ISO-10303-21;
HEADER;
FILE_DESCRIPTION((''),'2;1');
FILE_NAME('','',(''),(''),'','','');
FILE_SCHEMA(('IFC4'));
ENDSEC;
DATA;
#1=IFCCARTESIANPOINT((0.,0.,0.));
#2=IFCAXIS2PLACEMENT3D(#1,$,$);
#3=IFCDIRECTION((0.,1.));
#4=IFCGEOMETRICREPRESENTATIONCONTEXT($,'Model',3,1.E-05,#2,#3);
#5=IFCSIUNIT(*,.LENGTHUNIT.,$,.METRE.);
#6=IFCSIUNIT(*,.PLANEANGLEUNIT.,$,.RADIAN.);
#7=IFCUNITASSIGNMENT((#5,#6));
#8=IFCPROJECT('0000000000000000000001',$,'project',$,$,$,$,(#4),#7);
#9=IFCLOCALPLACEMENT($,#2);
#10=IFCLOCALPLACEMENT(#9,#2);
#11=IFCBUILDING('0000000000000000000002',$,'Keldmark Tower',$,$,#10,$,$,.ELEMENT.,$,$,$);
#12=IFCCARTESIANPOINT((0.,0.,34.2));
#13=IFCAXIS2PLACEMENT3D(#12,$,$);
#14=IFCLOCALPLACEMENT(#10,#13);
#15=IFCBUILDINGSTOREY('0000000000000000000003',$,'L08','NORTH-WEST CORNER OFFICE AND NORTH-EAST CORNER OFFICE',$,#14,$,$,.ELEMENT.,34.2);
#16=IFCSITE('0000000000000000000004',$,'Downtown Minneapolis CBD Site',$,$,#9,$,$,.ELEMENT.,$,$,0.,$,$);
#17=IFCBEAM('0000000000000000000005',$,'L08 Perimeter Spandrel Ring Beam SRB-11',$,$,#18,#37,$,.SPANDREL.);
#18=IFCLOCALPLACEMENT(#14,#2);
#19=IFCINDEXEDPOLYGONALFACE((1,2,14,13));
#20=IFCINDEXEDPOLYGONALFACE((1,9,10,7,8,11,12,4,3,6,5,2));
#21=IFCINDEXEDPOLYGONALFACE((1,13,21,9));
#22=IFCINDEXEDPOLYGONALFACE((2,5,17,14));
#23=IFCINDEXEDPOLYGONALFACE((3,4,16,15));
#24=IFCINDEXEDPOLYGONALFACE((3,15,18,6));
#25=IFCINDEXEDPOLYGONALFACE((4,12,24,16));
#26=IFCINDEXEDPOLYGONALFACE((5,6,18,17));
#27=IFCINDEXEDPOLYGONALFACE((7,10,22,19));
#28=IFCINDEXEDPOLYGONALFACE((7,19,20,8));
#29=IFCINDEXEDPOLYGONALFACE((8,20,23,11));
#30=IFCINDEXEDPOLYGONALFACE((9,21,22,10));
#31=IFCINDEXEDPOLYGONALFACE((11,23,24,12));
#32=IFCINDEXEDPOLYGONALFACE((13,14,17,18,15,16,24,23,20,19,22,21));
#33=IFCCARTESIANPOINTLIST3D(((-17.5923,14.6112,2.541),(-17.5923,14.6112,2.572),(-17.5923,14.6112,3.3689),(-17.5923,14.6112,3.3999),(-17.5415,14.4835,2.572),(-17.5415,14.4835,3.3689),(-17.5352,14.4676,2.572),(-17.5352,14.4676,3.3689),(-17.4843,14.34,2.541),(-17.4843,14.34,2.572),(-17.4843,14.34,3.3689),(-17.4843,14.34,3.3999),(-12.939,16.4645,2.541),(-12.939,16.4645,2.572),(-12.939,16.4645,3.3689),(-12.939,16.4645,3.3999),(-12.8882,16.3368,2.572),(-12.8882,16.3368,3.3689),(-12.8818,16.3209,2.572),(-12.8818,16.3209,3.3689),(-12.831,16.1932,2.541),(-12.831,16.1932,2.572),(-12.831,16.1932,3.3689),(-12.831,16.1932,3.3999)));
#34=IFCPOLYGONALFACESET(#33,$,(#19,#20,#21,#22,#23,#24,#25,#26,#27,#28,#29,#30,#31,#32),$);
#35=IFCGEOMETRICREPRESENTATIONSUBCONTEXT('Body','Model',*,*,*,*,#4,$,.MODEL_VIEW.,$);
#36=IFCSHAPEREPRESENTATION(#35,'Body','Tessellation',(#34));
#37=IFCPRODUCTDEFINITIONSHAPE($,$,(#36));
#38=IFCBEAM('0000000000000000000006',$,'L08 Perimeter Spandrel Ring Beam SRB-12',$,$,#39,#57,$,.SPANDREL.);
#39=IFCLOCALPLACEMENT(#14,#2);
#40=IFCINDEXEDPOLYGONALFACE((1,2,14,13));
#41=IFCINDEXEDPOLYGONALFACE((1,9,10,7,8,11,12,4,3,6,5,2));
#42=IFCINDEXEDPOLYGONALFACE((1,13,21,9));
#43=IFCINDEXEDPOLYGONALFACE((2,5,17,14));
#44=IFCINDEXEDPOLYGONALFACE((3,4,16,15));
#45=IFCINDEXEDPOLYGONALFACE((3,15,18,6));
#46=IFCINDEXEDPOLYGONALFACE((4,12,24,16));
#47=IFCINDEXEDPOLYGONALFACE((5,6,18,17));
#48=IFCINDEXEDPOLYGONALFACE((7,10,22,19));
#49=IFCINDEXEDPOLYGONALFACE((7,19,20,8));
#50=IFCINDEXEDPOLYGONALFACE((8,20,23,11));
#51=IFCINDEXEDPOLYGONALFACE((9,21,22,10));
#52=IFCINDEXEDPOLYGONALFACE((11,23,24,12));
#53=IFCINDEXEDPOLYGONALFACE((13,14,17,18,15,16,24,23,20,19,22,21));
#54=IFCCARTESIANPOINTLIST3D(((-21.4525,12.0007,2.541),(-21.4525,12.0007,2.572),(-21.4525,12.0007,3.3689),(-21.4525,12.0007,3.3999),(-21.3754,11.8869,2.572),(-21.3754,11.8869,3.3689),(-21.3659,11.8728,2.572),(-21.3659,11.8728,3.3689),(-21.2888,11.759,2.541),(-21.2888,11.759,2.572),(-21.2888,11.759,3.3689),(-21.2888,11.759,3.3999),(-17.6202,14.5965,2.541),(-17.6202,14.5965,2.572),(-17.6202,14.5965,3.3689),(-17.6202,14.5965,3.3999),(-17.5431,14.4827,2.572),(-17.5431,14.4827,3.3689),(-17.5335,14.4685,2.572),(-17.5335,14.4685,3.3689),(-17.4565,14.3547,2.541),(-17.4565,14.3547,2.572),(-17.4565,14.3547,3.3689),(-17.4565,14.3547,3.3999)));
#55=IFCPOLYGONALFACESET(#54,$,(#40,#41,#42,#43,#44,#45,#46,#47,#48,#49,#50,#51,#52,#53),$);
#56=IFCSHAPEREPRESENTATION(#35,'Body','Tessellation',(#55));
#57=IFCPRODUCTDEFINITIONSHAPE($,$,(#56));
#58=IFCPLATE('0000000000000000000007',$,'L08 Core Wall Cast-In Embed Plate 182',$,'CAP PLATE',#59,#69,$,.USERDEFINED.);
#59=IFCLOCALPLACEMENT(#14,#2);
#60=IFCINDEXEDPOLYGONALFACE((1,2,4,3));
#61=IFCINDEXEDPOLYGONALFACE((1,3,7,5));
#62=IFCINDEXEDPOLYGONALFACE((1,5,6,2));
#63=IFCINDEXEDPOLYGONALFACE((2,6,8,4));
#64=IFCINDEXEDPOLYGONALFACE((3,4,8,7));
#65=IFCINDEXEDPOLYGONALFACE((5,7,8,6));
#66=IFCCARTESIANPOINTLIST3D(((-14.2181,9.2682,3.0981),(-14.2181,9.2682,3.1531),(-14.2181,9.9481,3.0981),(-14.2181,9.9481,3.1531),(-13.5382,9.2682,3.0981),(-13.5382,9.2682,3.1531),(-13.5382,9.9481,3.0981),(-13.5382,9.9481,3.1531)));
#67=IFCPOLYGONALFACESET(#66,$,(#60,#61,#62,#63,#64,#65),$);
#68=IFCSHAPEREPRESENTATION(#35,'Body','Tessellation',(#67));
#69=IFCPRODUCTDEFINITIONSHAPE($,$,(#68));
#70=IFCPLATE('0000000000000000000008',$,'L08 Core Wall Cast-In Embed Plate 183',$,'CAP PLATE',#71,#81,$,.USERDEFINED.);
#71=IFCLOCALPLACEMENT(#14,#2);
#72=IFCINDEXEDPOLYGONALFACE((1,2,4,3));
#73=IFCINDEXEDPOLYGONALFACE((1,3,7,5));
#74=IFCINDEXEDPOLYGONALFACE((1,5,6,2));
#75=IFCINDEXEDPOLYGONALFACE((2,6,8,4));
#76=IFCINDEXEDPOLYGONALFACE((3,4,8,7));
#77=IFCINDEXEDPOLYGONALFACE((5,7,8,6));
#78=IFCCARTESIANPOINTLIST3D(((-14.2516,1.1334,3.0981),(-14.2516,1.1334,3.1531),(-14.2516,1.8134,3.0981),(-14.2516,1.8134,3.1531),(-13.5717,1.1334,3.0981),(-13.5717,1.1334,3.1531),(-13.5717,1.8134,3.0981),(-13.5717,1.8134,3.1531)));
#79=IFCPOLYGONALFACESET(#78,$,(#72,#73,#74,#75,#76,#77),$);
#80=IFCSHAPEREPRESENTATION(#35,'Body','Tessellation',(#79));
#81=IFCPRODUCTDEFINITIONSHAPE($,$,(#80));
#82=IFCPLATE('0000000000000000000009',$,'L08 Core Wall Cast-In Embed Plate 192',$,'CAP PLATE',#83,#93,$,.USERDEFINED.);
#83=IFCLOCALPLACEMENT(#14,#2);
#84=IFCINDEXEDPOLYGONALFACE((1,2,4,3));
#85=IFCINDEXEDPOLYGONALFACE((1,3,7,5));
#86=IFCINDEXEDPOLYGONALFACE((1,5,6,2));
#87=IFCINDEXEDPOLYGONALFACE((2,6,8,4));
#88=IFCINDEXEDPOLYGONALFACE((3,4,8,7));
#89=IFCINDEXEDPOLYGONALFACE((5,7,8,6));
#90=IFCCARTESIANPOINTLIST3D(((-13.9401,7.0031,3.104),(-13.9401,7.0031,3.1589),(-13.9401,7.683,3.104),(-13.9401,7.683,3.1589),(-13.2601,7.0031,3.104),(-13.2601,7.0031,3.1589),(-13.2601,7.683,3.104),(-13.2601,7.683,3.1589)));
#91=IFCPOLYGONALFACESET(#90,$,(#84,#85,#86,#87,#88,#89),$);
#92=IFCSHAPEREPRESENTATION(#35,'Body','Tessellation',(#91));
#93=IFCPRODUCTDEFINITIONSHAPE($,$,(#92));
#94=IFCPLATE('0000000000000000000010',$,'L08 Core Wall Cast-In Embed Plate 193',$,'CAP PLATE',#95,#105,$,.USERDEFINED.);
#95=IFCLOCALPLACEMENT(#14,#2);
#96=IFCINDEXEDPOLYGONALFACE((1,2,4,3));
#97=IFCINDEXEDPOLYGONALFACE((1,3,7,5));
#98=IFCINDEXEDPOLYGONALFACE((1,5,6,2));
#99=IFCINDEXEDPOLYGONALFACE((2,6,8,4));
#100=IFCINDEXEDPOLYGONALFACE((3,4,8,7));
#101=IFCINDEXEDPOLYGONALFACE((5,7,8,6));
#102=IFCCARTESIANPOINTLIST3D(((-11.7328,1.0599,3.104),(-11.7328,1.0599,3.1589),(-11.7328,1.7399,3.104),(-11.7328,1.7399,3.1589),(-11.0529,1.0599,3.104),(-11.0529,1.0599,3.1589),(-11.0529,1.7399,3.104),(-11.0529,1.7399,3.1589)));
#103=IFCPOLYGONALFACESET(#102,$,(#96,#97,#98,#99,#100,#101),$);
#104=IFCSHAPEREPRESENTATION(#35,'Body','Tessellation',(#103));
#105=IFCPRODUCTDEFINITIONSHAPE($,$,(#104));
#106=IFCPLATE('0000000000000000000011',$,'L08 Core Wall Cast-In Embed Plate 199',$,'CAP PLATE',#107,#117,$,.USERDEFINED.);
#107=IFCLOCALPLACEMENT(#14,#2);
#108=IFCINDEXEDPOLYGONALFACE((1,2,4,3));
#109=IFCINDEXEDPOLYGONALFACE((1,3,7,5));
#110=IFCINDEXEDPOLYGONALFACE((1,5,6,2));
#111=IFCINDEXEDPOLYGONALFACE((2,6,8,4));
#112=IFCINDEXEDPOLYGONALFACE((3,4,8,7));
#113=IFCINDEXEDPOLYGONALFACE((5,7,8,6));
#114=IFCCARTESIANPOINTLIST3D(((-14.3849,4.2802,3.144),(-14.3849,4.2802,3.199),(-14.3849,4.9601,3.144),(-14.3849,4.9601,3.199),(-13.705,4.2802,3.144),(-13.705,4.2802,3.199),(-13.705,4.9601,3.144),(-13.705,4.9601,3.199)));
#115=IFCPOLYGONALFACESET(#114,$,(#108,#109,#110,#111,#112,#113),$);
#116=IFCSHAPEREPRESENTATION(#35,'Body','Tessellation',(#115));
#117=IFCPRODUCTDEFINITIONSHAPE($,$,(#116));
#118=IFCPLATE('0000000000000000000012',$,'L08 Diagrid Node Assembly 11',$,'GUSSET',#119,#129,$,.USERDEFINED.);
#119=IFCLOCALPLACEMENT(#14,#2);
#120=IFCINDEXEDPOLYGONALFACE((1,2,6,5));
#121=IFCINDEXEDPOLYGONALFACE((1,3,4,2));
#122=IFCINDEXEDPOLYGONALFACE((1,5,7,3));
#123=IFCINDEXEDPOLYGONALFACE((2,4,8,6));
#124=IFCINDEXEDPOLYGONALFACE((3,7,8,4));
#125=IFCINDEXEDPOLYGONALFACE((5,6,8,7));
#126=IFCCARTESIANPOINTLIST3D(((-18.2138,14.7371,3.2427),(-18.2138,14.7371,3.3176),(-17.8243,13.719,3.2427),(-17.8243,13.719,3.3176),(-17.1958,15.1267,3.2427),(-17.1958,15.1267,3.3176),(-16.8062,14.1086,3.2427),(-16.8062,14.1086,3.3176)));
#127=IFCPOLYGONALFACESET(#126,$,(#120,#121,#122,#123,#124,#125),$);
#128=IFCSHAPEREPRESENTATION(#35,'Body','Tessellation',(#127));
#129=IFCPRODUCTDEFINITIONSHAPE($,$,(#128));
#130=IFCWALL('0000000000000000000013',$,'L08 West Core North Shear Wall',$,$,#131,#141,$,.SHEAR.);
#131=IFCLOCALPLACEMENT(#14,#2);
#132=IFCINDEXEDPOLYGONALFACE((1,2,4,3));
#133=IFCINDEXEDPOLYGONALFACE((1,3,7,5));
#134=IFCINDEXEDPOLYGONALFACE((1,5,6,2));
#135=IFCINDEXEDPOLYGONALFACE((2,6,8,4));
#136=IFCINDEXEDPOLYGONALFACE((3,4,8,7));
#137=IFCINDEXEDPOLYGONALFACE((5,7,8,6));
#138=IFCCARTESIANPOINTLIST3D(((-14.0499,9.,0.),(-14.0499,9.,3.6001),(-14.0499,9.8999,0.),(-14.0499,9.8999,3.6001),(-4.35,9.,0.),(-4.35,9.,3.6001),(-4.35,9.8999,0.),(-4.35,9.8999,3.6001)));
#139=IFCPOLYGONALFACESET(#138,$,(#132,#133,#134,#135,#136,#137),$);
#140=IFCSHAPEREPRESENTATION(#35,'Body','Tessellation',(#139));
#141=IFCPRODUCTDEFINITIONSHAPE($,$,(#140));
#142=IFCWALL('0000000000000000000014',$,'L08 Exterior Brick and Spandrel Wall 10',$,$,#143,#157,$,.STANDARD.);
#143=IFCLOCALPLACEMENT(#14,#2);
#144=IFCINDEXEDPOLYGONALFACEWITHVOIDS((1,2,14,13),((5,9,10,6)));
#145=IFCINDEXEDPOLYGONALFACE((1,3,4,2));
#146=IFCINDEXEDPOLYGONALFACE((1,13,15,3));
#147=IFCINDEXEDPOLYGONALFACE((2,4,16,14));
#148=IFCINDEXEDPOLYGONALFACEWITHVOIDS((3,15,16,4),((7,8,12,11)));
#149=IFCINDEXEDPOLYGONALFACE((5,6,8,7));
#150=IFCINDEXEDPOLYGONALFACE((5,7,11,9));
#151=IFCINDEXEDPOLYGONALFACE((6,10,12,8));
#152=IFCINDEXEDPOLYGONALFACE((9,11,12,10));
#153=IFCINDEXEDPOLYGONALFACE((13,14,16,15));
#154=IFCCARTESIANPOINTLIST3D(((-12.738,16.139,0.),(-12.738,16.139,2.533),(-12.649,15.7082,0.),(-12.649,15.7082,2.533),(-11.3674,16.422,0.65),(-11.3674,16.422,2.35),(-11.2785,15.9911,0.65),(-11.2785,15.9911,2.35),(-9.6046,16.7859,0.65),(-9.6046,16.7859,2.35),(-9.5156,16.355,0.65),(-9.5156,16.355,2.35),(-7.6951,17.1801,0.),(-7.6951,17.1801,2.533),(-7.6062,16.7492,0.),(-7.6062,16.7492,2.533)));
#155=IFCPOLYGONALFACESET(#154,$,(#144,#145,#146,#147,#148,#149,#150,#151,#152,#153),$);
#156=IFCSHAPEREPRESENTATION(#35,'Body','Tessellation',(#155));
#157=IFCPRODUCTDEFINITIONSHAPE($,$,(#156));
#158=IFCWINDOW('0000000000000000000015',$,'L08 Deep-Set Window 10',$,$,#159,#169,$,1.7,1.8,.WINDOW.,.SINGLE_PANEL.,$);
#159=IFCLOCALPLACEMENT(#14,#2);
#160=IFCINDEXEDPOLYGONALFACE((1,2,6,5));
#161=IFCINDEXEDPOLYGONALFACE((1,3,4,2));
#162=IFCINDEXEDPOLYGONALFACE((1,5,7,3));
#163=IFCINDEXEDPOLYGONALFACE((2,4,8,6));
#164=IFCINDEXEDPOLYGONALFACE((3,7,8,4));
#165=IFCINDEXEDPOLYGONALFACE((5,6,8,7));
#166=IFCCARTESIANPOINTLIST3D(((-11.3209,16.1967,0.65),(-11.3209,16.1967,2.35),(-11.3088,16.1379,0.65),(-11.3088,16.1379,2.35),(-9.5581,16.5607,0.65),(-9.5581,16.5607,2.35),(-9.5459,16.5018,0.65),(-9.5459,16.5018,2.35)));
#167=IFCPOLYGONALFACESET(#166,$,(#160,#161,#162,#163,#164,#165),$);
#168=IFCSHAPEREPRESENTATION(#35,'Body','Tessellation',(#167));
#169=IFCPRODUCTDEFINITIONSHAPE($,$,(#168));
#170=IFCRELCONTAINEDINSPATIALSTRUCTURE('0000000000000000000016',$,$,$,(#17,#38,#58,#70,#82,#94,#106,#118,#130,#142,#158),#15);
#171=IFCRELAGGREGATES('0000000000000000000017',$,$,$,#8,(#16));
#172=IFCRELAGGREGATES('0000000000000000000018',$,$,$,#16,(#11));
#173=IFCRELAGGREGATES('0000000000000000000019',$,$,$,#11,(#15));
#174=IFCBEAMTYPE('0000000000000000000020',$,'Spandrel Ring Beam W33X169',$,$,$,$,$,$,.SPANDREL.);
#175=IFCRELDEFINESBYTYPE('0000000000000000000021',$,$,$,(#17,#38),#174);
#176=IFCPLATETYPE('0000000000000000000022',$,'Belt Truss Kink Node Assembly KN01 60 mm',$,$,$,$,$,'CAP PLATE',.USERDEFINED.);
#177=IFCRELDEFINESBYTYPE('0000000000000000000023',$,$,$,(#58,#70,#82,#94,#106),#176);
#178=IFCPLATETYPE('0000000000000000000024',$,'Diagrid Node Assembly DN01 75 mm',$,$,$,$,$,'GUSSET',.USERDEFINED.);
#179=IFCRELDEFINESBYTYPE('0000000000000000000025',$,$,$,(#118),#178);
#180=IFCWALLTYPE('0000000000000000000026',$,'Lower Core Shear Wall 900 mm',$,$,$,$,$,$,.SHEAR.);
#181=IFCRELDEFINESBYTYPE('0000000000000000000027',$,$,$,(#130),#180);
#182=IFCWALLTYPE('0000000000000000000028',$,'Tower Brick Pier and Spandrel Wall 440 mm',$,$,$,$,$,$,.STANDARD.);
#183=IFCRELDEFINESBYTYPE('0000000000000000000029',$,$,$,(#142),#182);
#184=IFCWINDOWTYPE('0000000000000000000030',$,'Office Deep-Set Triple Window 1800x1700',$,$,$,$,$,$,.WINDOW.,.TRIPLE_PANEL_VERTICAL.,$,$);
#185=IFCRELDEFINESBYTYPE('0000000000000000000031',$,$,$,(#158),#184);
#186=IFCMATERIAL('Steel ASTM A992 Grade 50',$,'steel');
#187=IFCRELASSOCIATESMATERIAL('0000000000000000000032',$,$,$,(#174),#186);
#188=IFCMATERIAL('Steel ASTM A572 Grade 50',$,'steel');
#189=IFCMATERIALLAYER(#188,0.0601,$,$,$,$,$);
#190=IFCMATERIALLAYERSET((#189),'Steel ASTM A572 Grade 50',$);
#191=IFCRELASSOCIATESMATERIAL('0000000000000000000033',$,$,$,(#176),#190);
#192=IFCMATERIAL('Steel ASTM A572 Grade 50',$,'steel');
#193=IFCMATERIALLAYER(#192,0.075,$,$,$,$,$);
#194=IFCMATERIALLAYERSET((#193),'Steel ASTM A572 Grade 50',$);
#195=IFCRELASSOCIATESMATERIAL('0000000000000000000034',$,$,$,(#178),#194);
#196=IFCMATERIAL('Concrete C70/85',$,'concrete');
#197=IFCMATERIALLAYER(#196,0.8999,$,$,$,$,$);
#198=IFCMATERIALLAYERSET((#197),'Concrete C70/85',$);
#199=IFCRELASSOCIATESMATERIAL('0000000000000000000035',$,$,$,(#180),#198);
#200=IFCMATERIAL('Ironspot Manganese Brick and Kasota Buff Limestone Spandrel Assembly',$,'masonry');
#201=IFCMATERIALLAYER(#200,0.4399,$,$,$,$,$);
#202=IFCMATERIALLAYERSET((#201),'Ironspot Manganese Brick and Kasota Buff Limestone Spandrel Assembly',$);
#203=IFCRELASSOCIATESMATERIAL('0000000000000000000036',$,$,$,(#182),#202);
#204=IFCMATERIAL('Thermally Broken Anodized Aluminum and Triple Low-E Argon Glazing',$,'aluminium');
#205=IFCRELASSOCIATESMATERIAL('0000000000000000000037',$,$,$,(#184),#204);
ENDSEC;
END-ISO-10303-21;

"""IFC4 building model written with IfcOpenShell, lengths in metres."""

from ifc_helpers import new_model, si_unit, direction, frame, frame_2d, origin, origin_2d, place, context, subcontext, project, spatial, rectangle, i_section, extrude, material, layer, layer_set, material_profile, profile_set, type_object, element, fill, save


model = new_model("IFC4")

# Units and contexts
model_context = context("Model", 3, precision=1e-05, world=origin(), true_north=direction((0.0, 1.0)))
body_context = subcontext(model_context, "Body", "Model", "MODEL_VIEW")
ifc_project = project(units=[si_unit("LENGTHUNIT", "METRE"), si_unit("PLANEANGLEUNIT", "RADIAN")], contexts=[model_context])

# Site, building, storey
site_placement = place(None, origin())
site = spatial("IfcSite", under=ifc_project, at=site_placement, Name="Downtown Minneapolis CBD Site", CompositionType="ELEMENT", RefElevation=0.0)
building_placement = place(site_placement, origin())
building = spatial("IfcBuilding", under=site, at=building_placement, Name="Keldmark Tower", CompositionType="ELEMENT")
storey_placement = place(building_placement, frame((0.0, 0.0, 34.2)))
storey = spatial("IfcBuildingStorey", under=building, at=storey_placement, Name="L08", Description="NORTH-WEST CORNER OFFICE AND NORTH-EAST CORNER OFFICE", CompositionType="ELEMENT", Elevation=34.2)

# Beams
ifc_material_1 = material(Name="Steel ASTM A992 Grade 50", Category="steel")
ifc_material_profile_1 = material_profile(ifc_material_1, i_section(OverallWidth=0.292, OverallDepth=0.8589, WebThickness=0.0171, FlangeThickness=0.031, at=origin_2d()), Name="W33X169")
ifc_profile_set_1 = profile_set([ifc_material_profile_1], Name="Steel ASTM A992 Grade 50")
beam_type_1 = type_object("IfcBeamType", Name="Spandrel Ring Beam W33X169", PredefinedType="SPANDREL", material=ifc_profile_set_1)
beam_1_placement = place(storey_placement, frame((-12.885, 16.3289, 2.9705), z_axis=(-0.92903, -0.370004, 0.0), x_axis=(0.370004, -0.92903, 0.0)))
element("IfcBeam", 1, at=beam_1_placement, inside=storey, type_object=beam_type_1, Name="L08 Perimeter Spandrel Ring Beam SRB-11", PredefinedType="SPANDREL", context=body_context, shape_type="SweptSolid", body=[
    extrude(i_section(OverallWidth=0.292, OverallDepth=0.8589, WebThickness=0.0171, FlangeThickness=0.031, at=origin_2d()), origin(), (0.0, 0.0, 1.0), 5.0088),
])
beam_2_placement = place(storey_placement, frame((-17.5383, 14.4756, 2.9705), z_axis=(-0.827954, -0.560796, 0.0), x_axis=(0.560796, -0.827954, 0.0)))
element("IfcBeam", 2, at=beam_2_placement, inside=storey, type_object=beam_type_1, Name="L08 Perimeter Spandrel Ring Beam SRB-12", PredefinedType="SPANDREL", context=body_context, shape_type="SweptSolid", body=[
    extrude(i_section(OverallWidth=0.292, OverallDepth=0.8589, WebThickness=0.0171, FlangeThickness=0.031, at=origin_2d()), origin(), (0.0, 0.0, 1.0), 4.6287),
])

# Plates
ifc_material_2 = material(Name="Steel ASTM A572 Grade 50", Category="steel")
ifc_layer_1 = layer(ifc_material_2, 0.0601)
ifc_layer_set_1 = layer_set([ifc_layer_1], Name="Steel ASTM A572 Grade 50")
plate_type_1 = type_object("IfcPlateType", Name="Belt Truss Kink Node Assembly KN01 60 mm", ElementType="CAP PLATE", PredefinedType="USERDEFINED", material=ifc_layer_set_1)
for number, where, z_axis, x_axis, name in (
    (3, (-13.8782, 9.6082, 3.0981), (0.0, 0.0, 1.0), (1.0, 0.0, 0.0), "L08 Core Wall Cast-In Embed Plate 182"),
    (4, (-13.9116, 1.4734, 3.0981), (0.0, 0.0, 1.0), (1.0, 0.0, 0.0), "L08 Core Wall Cast-In Embed Plate 183"),
    (5, (-13.6001, 7.343, 3.104), (0.0, 0.0, 1.0), (1.0, 0.0, 0.0), "L08 Core Wall Cast-In Embed Plate 192"),
    (6, (-11.3928, 1.3999, 3.104), (0.0, 0.0, 1.0), (1.0, 0.0, 0.0), "L08 Core Wall Cast-In Embed Plate 193"),
    (7, (-14.0449, 4.6201, 3.144), (0.0, 0.0, 1.0), (1.0, 0.0, 0.0), "L08 Core Wall Cast-In Embed Plate 199"),
):
    element("IfcPlate", number, at=place(storey_placement, frame(where, z_axis=z_axis, x_axis=x_axis)), inside=storey, type_object=plate_type_1, Name=name, ObjectType="CAP PLATE", PredefinedType="USERDEFINED", context=body_context, shape_type="SweptSolid", body=[
        extrude(rectangle(XDim=0.6799, YDim=0.6799, at=origin_2d()), origin(), (0.0, 0.0, 1.0), 0.0549),
    ])
ifc_material_3 = material(Name="Steel ASTM A572 Grade 50", Category="steel")
ifc_layer_2 = layer(ifc_material_3, 0.075)
ifc_layer_set_2 = layer_set([ifc_layer_2], Name="Steel ASTM A572 Grade 50")
plate_type_2 = type_object("IfcPlateType", Name="Diagrid Node Assembly DN01 75 mm", ElementType="GUSSET", PredefinedType="USERDEFINED", material=ifc_layer_set_2)
plate_placement = place(storey_placement, frame((-17.51, 14.4229, 3.2427), z_axis=(0.0, 0.0, 1.0), x_axis=(-0.933955, -0.35739, 0.0)))
element("IfcPlate", 8, at=plate_placement, inside=storey, type_object=plate_type_2, Name="L08 Diagrid Node Assembly 11", ObjectType="GUSSET", PredefinedType="USERDEFINED", context=body_context, shape_type="SweptSolid", body=[
    extrude(rectangle(XDim=1.0901, YDim=1.0901, at=origin_2d()), origin(), (0.0, 0.0, 1.0), 0.075),
])

# Wall
ifc_material_4 = material(Name="Concrete C70/85", Category="concrete")
ifc_layer_3 = layer(ifc_material_4, 0.8999)
ifc_layer_set_3 = layer_set([ifc_layer_3], Name="Concrete C70/85")
wall_type_1 = type_object("IfcWallType", Name="Lower Core Shear Wall 900 mm", PredefinedType="SHEAR", material=ifc_layer_set_3)
wall_1_placement = place(storey_placement, frame((-14.05, 9.45, 0.0), z_axis=(0.0, 0.0, 1.0), x_axis=(1.0, 0.0, 0.0)))
element("IfcWall", 9, at=wall_1_placement, inside=storey, type_object=wall_type_1, Name="L08 West Core North Shear Wall", PredefinedType="SHEAR", context=body_context, shape_type="SweptSolid", body=[
    extrude(rectangle(XDim=9.7, YDim=0.8999, at=frame_2d((4.8501, 0.0))), origin(), (0.0, 0.0, 1.0), 3.6001),
])

# Wall, opening, window
ifc_material_5 = material(Name="Ironspot Manganese Brick and Kasota Buff Limestone Spandrel Assembly", Category="masonry")
ifc_layer_4 = layer(ifc_material_5, 0.4399)
ifc_layer_set_4 = layer_set([ifc_layer_4], Name="Ironspot Manganese Brick and Kasota Buff Limestone Spandrel Assembly")
wall_type_2 = type_object("IfcWallType", Name="Tower Brick Pier and Spandrel Wall 440 mm", PredefinedType="STANDARD", material=ifc_layer_set_4)
wall_2_placement = place(storey_placement, frame((-12.6936, 15.9236, 0.0), z_axis=(0.0, 0.0, 1.0), x_axis=(0.979349, 0.202176, 0.0)))
wall_2 = element("IfcWall", 10, at=wall_2_placement, inside=storey, type_object=wall_type_2, Name="L08 Exterior Brick and Spandrel Wall 10", PredefinedType="STANDARD", context=body_context, shape_type="SweptSolid", body=[
    extrude(rectangle(XDim=5.1492, YDim=0.4399, at=frame_2d((2.5747, 0.0))), origin(), (0.0, 0.0, 1.0), 2.533),
])
opening_1_placement = place(wall_2_placement, frame((1.3997, 0.0, 0.6499)))
opening_1 = element("IfcOpeningElement", 11, at=opening_1_placement, cuts=wall_2, PredefinedType="OPENING", context=body_context, shape_type="SweptSolid", body=[
    extrude(rectangle(XDim=1.8, YDim=1.7, at=frame_2d((0.8999, 0.8501))), frame((0.0, 0.23, 0.0), z_axis=(0.0, -1.0, 0.0), x_axis=(1.0, 0.0, 0.0)), (0.0, 0.0, 1.0), 0.46),
])
ifc_material_6 = material(Name="Thermally Broken Anodized Aluminum and Triple Low-E Argon Glazing", Category="aluminium")
window_type = type_object("IfcWindowType", Name="Office Deep-Set Triple Window 1800x1700", PartitioningType="TRIPLE_PANEL_VERTICAL", PredefinedType="WINDOW", material=ifc_material_6)
window_1_placement = place(opening_1_placement, origin())
window_1 = element("IfcWindow", 12, at=window_1_placement, inside=storey, type_object=window_type, Name="L08 Deep-Set Window 10", OverallHeight=1.7, OverallWidth=1.8, PartitioningType="SINGLE_PANEL", PredefinedType="WINDOW", context=body_context, shape_type="SweptSolid", body=[
    extrude(rectangle(XDim=1.8, YDim=1.7, at=frame_2d((0.8999, 0.8501))), frame((0.0, -0.01, 0.0), z_axis=(0.0, -1.0, 0.0), x_axis=(1.0, 0.0, 0.0)), (0.0, 0.0, 1.0), 0.0601),
])
fill(opening_1, window_1)

save(model, "model.ifc")
